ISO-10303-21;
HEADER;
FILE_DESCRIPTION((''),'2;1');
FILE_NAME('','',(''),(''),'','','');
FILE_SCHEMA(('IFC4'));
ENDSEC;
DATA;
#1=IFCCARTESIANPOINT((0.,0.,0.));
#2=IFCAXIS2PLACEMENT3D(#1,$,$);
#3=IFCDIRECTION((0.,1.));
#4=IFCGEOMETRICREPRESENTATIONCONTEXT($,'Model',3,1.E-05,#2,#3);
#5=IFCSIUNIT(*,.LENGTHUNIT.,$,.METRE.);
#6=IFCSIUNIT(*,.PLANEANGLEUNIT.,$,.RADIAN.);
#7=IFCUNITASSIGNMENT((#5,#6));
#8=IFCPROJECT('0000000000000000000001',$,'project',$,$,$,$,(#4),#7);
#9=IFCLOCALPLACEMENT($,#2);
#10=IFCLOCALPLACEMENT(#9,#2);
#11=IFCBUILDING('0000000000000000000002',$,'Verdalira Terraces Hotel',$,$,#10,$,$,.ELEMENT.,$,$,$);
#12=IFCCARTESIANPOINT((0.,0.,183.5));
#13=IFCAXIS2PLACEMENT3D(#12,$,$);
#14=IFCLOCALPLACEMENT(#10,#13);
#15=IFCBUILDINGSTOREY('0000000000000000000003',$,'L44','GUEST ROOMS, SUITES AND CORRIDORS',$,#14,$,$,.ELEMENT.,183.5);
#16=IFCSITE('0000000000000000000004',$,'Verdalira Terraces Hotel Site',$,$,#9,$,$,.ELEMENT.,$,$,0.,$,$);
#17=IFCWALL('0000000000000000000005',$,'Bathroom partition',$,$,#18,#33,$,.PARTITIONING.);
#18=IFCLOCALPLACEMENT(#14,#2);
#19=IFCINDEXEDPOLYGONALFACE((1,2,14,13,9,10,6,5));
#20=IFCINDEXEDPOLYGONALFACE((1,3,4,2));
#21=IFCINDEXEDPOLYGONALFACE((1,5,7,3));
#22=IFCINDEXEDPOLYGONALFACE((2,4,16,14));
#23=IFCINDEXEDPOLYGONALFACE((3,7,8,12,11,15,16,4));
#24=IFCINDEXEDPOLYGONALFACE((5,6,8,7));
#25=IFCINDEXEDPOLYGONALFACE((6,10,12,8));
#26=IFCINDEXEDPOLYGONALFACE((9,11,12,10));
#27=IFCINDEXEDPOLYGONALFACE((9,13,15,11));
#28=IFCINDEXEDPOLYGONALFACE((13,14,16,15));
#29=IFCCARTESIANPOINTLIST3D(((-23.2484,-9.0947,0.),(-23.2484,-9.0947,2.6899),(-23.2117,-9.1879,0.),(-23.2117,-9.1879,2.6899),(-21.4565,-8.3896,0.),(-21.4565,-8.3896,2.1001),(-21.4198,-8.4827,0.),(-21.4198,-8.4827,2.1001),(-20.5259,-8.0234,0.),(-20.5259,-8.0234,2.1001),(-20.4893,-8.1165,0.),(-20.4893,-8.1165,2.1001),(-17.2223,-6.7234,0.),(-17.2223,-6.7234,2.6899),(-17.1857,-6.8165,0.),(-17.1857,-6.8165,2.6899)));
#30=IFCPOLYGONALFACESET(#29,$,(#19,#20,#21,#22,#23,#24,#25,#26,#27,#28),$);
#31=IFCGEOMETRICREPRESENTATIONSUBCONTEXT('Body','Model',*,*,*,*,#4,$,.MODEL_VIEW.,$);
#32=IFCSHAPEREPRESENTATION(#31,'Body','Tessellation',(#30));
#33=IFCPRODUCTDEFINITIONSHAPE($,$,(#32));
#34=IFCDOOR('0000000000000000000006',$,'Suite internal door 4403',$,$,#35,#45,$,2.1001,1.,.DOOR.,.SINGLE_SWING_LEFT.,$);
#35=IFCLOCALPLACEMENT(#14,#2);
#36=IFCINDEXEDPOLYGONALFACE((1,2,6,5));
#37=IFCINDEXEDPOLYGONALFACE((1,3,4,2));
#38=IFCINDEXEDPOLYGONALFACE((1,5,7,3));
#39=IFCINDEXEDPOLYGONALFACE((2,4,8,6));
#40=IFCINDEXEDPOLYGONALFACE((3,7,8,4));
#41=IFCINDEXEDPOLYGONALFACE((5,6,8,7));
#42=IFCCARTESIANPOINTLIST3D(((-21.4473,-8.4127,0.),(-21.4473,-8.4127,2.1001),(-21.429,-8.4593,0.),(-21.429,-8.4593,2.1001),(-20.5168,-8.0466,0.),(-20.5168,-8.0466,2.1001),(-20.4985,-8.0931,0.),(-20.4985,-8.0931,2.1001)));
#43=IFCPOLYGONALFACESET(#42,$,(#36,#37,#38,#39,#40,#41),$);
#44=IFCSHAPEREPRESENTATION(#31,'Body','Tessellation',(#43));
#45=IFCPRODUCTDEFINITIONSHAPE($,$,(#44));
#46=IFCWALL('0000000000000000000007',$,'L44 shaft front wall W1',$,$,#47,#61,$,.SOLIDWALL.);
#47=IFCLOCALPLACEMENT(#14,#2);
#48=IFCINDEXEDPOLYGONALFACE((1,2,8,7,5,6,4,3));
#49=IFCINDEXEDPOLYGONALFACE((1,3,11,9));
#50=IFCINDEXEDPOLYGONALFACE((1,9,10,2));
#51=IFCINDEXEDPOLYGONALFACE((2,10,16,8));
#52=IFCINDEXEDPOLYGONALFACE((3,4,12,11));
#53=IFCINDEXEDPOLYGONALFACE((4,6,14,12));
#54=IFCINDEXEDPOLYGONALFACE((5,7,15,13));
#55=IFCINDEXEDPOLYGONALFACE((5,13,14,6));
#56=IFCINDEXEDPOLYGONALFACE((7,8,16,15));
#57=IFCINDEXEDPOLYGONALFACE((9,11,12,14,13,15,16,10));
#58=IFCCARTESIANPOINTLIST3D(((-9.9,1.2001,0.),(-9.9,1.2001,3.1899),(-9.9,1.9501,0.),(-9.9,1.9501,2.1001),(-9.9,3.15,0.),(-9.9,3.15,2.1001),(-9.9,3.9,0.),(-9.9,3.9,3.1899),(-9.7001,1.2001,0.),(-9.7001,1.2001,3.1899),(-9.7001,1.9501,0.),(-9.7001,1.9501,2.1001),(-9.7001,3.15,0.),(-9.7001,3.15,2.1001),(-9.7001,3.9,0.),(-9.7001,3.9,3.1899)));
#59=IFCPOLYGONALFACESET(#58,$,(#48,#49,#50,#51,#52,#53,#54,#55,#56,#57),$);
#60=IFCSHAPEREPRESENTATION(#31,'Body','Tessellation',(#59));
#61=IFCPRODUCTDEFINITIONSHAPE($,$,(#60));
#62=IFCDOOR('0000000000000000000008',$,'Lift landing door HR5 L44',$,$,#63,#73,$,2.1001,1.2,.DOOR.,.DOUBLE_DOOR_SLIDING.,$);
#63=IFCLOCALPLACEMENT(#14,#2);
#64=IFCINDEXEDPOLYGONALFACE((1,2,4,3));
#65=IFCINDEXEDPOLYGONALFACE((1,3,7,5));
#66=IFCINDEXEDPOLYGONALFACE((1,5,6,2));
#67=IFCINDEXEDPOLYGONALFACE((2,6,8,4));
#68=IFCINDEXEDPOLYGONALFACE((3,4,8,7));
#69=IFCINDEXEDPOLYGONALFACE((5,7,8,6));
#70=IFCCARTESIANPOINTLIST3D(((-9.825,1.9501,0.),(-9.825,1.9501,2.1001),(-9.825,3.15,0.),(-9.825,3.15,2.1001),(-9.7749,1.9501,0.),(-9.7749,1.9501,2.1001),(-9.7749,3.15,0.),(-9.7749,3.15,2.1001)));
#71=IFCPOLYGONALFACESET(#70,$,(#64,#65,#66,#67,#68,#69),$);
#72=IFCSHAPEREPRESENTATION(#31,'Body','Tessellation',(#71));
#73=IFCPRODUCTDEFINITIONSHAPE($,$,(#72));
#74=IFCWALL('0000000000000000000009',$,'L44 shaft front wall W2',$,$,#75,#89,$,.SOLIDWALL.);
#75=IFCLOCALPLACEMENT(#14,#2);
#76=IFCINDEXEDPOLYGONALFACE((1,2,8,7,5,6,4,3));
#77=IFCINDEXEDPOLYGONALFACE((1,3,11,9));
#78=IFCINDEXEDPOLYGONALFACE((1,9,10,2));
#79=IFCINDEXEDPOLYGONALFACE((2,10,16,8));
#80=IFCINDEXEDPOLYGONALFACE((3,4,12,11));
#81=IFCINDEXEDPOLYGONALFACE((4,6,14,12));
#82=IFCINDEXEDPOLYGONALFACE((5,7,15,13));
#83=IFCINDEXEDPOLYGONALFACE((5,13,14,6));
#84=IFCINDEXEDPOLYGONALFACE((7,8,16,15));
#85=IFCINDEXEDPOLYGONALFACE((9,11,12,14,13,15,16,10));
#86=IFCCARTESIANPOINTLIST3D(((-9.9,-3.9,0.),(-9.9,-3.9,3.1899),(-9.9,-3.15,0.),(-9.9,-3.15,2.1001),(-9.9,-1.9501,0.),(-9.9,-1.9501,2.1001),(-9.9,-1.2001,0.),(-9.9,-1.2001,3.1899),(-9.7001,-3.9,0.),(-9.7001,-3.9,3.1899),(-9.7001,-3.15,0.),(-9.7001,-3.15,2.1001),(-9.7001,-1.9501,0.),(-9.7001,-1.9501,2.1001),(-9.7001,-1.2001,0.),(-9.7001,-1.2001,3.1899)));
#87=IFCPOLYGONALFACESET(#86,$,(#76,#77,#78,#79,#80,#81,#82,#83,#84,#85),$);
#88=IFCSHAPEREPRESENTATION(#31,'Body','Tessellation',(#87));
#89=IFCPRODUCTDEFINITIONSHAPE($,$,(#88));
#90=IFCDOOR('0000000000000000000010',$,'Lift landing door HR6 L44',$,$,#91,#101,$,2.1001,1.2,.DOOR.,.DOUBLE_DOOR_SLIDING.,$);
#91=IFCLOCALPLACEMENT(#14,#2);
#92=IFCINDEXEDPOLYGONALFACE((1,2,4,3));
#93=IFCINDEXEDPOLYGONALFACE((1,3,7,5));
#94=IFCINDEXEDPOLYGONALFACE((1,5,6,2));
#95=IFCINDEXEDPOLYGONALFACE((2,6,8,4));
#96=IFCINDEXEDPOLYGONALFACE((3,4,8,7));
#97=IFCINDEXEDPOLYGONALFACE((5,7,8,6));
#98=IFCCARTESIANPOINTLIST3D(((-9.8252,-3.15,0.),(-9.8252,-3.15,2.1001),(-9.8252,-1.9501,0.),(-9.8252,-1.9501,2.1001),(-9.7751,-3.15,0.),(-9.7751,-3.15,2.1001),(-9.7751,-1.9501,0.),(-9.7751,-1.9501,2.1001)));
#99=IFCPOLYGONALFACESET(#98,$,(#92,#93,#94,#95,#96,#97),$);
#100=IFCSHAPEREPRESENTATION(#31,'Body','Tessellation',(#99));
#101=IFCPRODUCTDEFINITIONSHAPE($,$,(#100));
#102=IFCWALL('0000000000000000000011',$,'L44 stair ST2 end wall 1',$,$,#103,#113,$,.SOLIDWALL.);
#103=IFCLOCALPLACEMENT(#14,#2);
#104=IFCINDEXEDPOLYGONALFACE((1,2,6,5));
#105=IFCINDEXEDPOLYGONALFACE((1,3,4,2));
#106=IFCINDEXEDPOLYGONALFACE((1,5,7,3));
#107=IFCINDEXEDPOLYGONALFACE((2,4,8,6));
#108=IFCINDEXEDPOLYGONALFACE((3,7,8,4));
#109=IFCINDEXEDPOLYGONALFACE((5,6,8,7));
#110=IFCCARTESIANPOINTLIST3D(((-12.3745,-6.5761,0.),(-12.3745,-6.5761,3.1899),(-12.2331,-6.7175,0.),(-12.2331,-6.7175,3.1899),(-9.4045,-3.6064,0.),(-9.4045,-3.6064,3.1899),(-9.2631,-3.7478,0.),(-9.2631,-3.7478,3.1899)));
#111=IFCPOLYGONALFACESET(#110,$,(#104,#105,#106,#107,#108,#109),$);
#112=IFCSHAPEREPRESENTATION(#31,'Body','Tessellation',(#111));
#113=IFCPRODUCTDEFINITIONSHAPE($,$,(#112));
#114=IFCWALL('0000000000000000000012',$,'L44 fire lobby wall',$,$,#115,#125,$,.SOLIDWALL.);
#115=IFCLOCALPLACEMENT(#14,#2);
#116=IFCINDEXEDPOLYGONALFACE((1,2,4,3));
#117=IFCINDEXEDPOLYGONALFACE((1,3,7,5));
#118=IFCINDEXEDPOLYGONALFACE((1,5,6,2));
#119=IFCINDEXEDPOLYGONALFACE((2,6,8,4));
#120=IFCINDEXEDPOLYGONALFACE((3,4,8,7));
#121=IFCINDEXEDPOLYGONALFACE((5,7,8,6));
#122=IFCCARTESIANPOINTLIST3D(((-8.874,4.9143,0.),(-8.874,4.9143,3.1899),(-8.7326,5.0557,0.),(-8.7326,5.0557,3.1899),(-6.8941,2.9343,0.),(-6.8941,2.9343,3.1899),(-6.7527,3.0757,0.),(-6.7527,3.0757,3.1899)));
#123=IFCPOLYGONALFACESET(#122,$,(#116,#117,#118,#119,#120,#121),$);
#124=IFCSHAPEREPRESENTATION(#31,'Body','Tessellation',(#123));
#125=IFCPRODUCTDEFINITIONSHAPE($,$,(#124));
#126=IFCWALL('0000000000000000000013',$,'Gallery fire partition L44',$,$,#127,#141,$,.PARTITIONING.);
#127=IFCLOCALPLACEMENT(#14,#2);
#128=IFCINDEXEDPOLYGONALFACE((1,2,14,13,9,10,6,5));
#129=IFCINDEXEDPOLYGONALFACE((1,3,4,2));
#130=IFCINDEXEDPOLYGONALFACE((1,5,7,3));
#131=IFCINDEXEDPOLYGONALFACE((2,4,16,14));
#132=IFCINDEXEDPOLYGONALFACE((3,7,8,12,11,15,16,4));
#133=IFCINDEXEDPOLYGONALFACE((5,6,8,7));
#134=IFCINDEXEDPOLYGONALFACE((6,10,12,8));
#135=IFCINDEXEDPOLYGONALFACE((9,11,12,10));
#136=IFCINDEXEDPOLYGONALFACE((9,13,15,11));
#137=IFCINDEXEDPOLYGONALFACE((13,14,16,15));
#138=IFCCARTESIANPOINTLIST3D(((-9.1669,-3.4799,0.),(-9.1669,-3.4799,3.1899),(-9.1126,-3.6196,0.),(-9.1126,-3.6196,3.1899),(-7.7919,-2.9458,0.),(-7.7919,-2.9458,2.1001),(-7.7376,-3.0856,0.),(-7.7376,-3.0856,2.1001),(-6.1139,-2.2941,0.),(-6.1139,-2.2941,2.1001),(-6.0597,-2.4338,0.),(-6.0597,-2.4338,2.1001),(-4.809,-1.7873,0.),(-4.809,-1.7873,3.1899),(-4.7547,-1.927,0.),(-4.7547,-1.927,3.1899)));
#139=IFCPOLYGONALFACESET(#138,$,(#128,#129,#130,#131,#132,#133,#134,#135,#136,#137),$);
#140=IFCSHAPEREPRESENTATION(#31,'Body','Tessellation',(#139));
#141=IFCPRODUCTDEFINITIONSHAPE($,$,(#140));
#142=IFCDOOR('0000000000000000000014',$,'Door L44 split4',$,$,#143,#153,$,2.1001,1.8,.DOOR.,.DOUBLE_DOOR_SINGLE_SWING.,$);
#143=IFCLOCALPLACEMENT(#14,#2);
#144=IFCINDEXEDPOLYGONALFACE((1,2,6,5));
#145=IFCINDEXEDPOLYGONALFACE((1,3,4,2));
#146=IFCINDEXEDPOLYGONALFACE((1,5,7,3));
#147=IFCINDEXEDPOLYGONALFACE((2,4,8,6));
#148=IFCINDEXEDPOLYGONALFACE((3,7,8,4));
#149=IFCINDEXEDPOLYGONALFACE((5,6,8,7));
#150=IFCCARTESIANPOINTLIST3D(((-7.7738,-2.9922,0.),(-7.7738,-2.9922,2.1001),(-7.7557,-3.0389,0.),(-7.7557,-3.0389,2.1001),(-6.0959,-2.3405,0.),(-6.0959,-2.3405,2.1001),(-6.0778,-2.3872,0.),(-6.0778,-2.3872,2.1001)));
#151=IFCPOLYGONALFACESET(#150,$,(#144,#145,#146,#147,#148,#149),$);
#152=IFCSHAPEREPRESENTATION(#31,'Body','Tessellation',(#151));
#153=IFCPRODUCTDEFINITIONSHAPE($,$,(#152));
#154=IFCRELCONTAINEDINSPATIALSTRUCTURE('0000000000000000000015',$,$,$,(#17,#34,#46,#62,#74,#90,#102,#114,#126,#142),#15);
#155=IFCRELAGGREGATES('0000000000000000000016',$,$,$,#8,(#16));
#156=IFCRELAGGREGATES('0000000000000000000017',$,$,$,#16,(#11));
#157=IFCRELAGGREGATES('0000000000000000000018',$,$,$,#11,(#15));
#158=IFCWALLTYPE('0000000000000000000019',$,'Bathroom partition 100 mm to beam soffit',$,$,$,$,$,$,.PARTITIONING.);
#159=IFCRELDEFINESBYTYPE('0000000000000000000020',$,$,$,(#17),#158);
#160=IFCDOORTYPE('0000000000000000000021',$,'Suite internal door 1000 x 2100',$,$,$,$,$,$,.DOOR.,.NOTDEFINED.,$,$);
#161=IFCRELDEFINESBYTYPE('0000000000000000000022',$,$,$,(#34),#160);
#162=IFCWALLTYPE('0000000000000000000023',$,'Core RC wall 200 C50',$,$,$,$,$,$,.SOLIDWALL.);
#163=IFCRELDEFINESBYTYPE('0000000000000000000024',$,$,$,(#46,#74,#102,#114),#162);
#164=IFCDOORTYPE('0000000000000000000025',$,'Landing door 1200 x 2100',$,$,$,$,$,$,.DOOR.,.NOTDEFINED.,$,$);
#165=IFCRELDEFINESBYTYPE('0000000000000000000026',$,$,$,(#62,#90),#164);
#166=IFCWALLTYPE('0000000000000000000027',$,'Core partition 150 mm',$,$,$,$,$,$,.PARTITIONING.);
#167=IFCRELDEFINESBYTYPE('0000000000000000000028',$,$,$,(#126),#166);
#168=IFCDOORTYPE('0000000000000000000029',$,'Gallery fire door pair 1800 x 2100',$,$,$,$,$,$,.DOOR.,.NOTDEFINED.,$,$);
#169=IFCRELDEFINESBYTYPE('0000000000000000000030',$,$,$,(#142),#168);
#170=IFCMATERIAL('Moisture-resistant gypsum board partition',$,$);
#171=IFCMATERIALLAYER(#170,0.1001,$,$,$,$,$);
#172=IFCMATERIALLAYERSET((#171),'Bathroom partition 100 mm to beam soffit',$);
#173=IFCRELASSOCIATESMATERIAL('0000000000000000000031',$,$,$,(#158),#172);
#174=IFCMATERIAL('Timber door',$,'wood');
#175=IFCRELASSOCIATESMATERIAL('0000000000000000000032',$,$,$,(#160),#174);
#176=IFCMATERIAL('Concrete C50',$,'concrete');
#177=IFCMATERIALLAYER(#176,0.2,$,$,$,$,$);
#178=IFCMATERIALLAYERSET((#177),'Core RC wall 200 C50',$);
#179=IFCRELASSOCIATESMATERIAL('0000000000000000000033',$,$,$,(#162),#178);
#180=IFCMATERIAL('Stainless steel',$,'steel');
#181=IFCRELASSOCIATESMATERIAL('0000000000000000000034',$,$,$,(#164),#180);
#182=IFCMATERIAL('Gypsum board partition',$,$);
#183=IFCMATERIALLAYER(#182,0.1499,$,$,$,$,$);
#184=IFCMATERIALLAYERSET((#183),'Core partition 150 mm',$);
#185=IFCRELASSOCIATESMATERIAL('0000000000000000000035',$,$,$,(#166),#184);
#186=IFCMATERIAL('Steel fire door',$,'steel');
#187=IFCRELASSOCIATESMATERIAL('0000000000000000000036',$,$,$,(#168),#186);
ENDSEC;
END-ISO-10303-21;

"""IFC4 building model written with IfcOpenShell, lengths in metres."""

from ifc_helpers import new_model, si_unit, direction, frame, frame_2d, origin, place, context, subcontext, project, spatial, rectangle, extrude, material, layer, layer_set, type_object, element, fill, save


model = new_model("IFC4")

# Units and contexts
model_context = context("Model", 3, precision=1e-05, world=origin(), true_north=direction((0.0, 1.0)))
body_context = subcontext(model_context, "Body", "Model", "MODEL_VIEW")
ifc_project = project(units=[si_unit("LENGTHUNIT", "METRE"), si_unit("PLANEANGLEUNIT", "RADIAN")], contexts=[model_context])

# Site, building, storey
site_placement = place(None, origin())
site = spatial("IfcSite", under=ifc_project, at=site_placement, Name="Verdalira Terraces Hotel Site", CompositionType="ELEMENT", RefElevation=0.0)
building_placement = place(site_placement, origin())
building = spatial("IfcBuilding", under=site, at=building_placement, Name="Verdalira Terraces Hotel", CompositionType="ELEMENT")
storey_placement = place(building_placement, frame((0.0, 0.0, 183.5)))
storey = spatial("IfcBuildingStorey", under=building, at=storey_placement, Name="L44", Description="GUEST ROOMS, SUITES AND CORRIDORS", CompositionType="ELEMENT", Elevation=183.5)

# Walls, openings, doors
ifc_material_1 = material(Name="Moisture-resistant gypsum board partition")
ifc_layer_1 = layer(ifc_material_1, 0.1001)
ifc_layer_set_1 = layer_set([ifc_layer_1], Name="Bathroom partition 100 mm to beam soffit")
wall_type_1 = type_object("IfcWallType", Name="Bathroom partition 100 mm to beam soffit", PredefinedType="PARTITIONING", material=ifc_layer_set_1)
wall_1_placement = place(storey_placement, frame((-17.2041, -6.77, 0.0), z_axis=(0.0, 0.0, 1.0), x_axis=(-0.930545, -0.366178, 0.0)))
wall_1 = element("IfcWall", 1, at=wall_1_placement, inside=storey, type_object=wall_type_1, Name="Bathroom partition", PredefinedType="PARTITIONING", context=body_context, shape_type="SweptSolid", body=[
    extrude(rectangle(XDim=6.4758, YDim=0.1001, at=frame_2d((3.2378, 0.0))), origin(), (0.0, 0.0, 1.0), 2.6899),
])
opening_1_placement = place(wall_1_placement, frame((3.55, 0.0, 0.0)))
opening_1 = element("IfcOpeningElement", 2, at=opening_1_placement, cuts=wall_1, PredefinedType="OPENING", context=body_context, shape_type="SweptSolid", body=[
    extrude(rectangle(XDim=1.0, YDim=2.1001, at=frame_2d((0.5, 1.05))), frame((0.0, 0.0601, 0.0), z_axis=(0.0, -1.0, 0.0), x_axis=(1.0, 0.0, 0.0)), (0.0, 0.0, 1.0), 0.1201),
])
ifc_material_2 = material(Name="Timber door", Category="wood")
door_type_1 = type_object("IfcDoorType", Name="Suite internal door 1000 x 2100", OperationType="NOTDEFINED", PredefinedType="DOOR", material=ifc_material_2)
door_1_placement = place(opening_1_placement, origin())
door_1 = element("IfcDoor", 3, at=door_1_placement, inside=storey, type_object=door_type_1, Name="Suite internal door 4403", OperationType="SINGLE_SWING_LEFT", OverallHeight=2.1001, OverallWidth=1.0, PredefinedType="DOOR", context=body_context, shape_type="SweptSolid", body=[
    extrude(rectangle(XDim=1.0, YDim=2.1001, at=frame_2d((0.5, 1.05))), frame((0.0, 0.0249, 0.0), z_axis=(0.0, -1.0, 0.0), x_axis=(1.0, 0.0, 0.0)), (0.0, 0.0, 1.0), 0.05),
])
fill(opening_1, door_1)
ifc_material_3 = material(Name="Concrete C50", Category="concrete")
ifc_layer_2 = layer(ifc_material_3, 0.2)
ifc_layer_set_2 = layer_set([ifc_layer_2], Name="Core RC wall 200 C50")
wall_type_2 = type_object("IfcWallType", Name="Core RC wall 200 C50", PredefinedType="SOLIDWALL", material=ifc_layer_set_2)
wall_2_placement = place(storey_placement, frame((-9.8, 1.2, 0.0), z_axis=(0.0, 0.0, 1.0), x_axis=(0.0, 1.0, 0.0)))
wall_2 = element("IfcWall", 4, at=wall_2_placement, inside=storey, type_object=wall_type_2, Name="L44 shaft front wall W1", PredefinedType="SOLIDWALL", context=body_context, shape_type="SweptSolid", body=[
    extrude(rectangle(XDim=2.7, YDim=0.2, at=frame_2d((1.3501, 0.0))), origin(), (0.0, 0.0, 1.0), 3.1899),
])
opening_2_placement = place(wall_2_placement, frame((0.75, 0.0, 0.0)))
opening_2 = element("IfcOpeningElement", 5, at=opening_2_placement, cuts=wall_2, PredefinedType="OPENING", context=body_context, shape_type="SweptSolid", body=[
    extrude(rectangle(XDim=1.2, YDim=2.1001, at=frame_2d((0.6001, 1.05))), frame((0.0, 0.1099, 0.0), z_axis=(0.0, -1.0, 0.0), x_axis=(1.0, 0.0, 0.0)), (0.0, 0.0, 1.0), 0.22),
])
ifc_material_4 = material(Name="Stainless steel", Category="steel")
door_type_2 = type_object("IfcDoorType", Name="Landing door 1200 x 2100", OperationType="NOTDEFINED", PredefinedType="DOOR", material=ifc_material_4)
door_2_placement = place(opening_2_placement, origin())
door_2 = element("IfcDoor", 6, at=door_2_placement, inside=storey, type_object=door_type_2, Name="Lift landing door HR5 L44", OperationType="DOUBLE_DOOR_SLIDING", OverallHeight=2.1001, OverallWidth=1.2, PredefinedType="DOOR", context=body_context, shape_type="SweptSolid", body=[
    extrude(rectangle(XDim=1.2, YDim=2.1001, at=frame_2d((0.6001, 1.05))), frame((0.0, 0.0249, 0.0), z_axis=(0.0, -1.0, 0.0), x_axis=(1.0, 0.0, 0.0)), (0.0, 0.0, 1.0), 0.05),
])
fill(opening_2, door_2)
wall_3_placement = place(storey_placement, frame((-9.8, -1.2, 0.0), z_axis=(0.0, 0.0, 1.0), x_axis=(0.0, -1.0, 0.0)))
wall_3 = element("IfcWall", 7, at=wall_3_placement, inside=storey, type_object=wall_type_2, Name="L44 shaft front wall W2", PredefinedType="SOLIDWALL", context=body_context, shape_type="SweptSolid", body=[
    extrude(rectangle(XDim=2.7, YDim=0.2, at=frame_2d((1.3501, 0.0))), origin(), (0.0, 0.0, 1.0), 3.1899),
])
opening_3_placement = place(wall_3_placement, frame((0.75, 0.0, 0.0)))
opening_3 = element("IfcOpeningElement", 8, at=opening_3_placement, cuts=wall_3, PredefinedType="OPENING", context=body_context, shape_type="SweptSolid", body=[
    extrude(rectangle(XDim=1.2, YDim=2.1001, at=frame_2d((0.6001, 1.05))), frame((0.0, 0.1099, 0.0), z_axis=(0.0, -1.0, 0.0), x_axis=(1.0, 0.0, 0.0)), (0.0, 0.0, 1.0), 0.22),
])
door_3_placement = place(opening_3_placement, origin())
door_3 = element("IfcDoor", 9, at=door_3_placement, inside=storey, type_object=door_type_2, Name="Lift landing door HR6 L44", OperationType="DOUBLE_DOOR_SLIDING", OverallHeight=2.1001, OverallWidth=1.2, PredefinedType="DOOR", context=body_context, shape_type="SweptSolid", body=[
    extrude(rectangle(XDim=1.2, YDim=2.1001, at=frame_2d((0.6001, 1.05))), frame((0.0, 0.0249, 0.0), z_axis=(0.0, -1.0, 0.0), x_axis=(1.0, 0.0, 0.0)), (0.0, 0.0, 1.0), 0.05),
])
fill(opening_3, door_3)

# Walls
wall_4_placement = place(storey_placement, frame((-9.3337, -3.677, 0.0), z_axis=(0.0, 0.0, 1.0), x_axis=(-0.707136, -0.707078, 0.0)))
element("IfcWall", 10, at=wall_4_placement, inside=storey, type_object=wall_type_2, Name="L44 stair ST2 end wall 1", PredefinedType="SOLIDWALL", context=body_context, shape_type="SweptSolid", body=[
    extrude(rectangle(XDim=4.2, YDim=0.2, at=frame_2d((2.1001, 0.0))), origin(), (0.0, 0.0, 1.0), 3.1899),
])
wall_5_placement = place(storey_placement, frame((-6.8235, 3.0051, 0.0), z_axis=(0.0, 0.0, 1.0), x_axis=(-0.707107, 0.707107, 0.0)))
element("IfcWall", 11, at=wall_5_placement, inside=storey, type_object=wall_type_2, Name="L44 fire lobby wall", PredefinedType="SOLIDWALL", context=body_context, shape_type="SweptSolid", body=[
    extrude(rectangle(XDim=2.8, YDim=0.2, at=frame_2d((1.3999, 0.0))), origin(), (0.0, 0.0, 1.0), 3.1899),
])

# Wall, opening, door
ifc_material_5 = material(Name="Gypsum board partition")
ifc_layer_3 = layer(ifc_material_5, 0.1499)
ifc_layer_set_3 = layer_set([ifc_layer_3], Name="Core partition 150 mm")
wall_type_3 = type_object("IfcWallType", Name="Core partition 150 mm", PredefinedType="PARTITIONING", material=ifc_layer_set_3)
wall_6_placement = place(storey_placement, frame((-4.782, -1.8572, 0.0), z_axis=(0.0, 0.0, 1.0), x_axis=(-0.932157, -0.362053, 0.0)))
wall_6 = element("IfcWall", 12, at=wall_6_placement, inside=storey, type_object=wall_type_3, Name="Gallery fire partition L44", PredefinedType="PARTITIONING", context=body_context, shape_type="SweptSolid", body=[
    extrude(rectangle(XDim=4.675, YDim=0.1499, at=frame_2d((2.3374, 0.0))), origin(), (0.0, 0.0, 1.0), 3.1899),
])
opening_4_placement = place(wall_6_placement, frame((1.3999, 0.0, 0.0)))
opening_4 = element("IfcOpeningElement", 13, at=opening_4_placement, cuts=wall_6, PredefinedType="OPENING", context=body_context, shape_type="SweptSolid", body=[
    extrude(rectangle(XDim=1.8, YDim=2.1001, at=frame_2d((0.8999, 1.05))), frame((0.0, 0.085, 0.0), z_axis=(0.0, -1.0, 0.0), x_axis=(1.0, 0.0, 0.0)), (0.0, 0.0, 1.0), 0.1699),
])
ifc_material_6 = material(Name="Steel fire door", Category="steel")
door_type_3 = type_object("IfcDoorType", Name="Gallery fire door pair 1800 x 2100", OperationType="NOTDEFINED", PredefinedType="DOOR", material=ifc_material_6)
door_4_placement = place(opening_4_placement, origin())
door_4 = element("IfcDoor", 14, at=door_4_placement, inside=storey, type_object=door_type_3, Name="Door L44 split4", OperationType="DOUBLE_DOOR_SINGLE_SWING", OverallHeight=2.1001, OverallWidth=1.8, PredefinedType="DOOR", context=body_context, shape_type="SweptSolid", body=[
    extrude(rectangle(XDim=1.8, YDim=2.1001, at=frame_2d((0.8999, 1.05))), frame((0.0, 0.0249, 0.0), z_axis=(0.0, -1.0, 0.0), x_axis=(1.0, 0.0, 0.0)), (0.0, 0.0, 1.0), 0.05),
])
fill(opening_4, door_4)

save(model, "model.ifc")
